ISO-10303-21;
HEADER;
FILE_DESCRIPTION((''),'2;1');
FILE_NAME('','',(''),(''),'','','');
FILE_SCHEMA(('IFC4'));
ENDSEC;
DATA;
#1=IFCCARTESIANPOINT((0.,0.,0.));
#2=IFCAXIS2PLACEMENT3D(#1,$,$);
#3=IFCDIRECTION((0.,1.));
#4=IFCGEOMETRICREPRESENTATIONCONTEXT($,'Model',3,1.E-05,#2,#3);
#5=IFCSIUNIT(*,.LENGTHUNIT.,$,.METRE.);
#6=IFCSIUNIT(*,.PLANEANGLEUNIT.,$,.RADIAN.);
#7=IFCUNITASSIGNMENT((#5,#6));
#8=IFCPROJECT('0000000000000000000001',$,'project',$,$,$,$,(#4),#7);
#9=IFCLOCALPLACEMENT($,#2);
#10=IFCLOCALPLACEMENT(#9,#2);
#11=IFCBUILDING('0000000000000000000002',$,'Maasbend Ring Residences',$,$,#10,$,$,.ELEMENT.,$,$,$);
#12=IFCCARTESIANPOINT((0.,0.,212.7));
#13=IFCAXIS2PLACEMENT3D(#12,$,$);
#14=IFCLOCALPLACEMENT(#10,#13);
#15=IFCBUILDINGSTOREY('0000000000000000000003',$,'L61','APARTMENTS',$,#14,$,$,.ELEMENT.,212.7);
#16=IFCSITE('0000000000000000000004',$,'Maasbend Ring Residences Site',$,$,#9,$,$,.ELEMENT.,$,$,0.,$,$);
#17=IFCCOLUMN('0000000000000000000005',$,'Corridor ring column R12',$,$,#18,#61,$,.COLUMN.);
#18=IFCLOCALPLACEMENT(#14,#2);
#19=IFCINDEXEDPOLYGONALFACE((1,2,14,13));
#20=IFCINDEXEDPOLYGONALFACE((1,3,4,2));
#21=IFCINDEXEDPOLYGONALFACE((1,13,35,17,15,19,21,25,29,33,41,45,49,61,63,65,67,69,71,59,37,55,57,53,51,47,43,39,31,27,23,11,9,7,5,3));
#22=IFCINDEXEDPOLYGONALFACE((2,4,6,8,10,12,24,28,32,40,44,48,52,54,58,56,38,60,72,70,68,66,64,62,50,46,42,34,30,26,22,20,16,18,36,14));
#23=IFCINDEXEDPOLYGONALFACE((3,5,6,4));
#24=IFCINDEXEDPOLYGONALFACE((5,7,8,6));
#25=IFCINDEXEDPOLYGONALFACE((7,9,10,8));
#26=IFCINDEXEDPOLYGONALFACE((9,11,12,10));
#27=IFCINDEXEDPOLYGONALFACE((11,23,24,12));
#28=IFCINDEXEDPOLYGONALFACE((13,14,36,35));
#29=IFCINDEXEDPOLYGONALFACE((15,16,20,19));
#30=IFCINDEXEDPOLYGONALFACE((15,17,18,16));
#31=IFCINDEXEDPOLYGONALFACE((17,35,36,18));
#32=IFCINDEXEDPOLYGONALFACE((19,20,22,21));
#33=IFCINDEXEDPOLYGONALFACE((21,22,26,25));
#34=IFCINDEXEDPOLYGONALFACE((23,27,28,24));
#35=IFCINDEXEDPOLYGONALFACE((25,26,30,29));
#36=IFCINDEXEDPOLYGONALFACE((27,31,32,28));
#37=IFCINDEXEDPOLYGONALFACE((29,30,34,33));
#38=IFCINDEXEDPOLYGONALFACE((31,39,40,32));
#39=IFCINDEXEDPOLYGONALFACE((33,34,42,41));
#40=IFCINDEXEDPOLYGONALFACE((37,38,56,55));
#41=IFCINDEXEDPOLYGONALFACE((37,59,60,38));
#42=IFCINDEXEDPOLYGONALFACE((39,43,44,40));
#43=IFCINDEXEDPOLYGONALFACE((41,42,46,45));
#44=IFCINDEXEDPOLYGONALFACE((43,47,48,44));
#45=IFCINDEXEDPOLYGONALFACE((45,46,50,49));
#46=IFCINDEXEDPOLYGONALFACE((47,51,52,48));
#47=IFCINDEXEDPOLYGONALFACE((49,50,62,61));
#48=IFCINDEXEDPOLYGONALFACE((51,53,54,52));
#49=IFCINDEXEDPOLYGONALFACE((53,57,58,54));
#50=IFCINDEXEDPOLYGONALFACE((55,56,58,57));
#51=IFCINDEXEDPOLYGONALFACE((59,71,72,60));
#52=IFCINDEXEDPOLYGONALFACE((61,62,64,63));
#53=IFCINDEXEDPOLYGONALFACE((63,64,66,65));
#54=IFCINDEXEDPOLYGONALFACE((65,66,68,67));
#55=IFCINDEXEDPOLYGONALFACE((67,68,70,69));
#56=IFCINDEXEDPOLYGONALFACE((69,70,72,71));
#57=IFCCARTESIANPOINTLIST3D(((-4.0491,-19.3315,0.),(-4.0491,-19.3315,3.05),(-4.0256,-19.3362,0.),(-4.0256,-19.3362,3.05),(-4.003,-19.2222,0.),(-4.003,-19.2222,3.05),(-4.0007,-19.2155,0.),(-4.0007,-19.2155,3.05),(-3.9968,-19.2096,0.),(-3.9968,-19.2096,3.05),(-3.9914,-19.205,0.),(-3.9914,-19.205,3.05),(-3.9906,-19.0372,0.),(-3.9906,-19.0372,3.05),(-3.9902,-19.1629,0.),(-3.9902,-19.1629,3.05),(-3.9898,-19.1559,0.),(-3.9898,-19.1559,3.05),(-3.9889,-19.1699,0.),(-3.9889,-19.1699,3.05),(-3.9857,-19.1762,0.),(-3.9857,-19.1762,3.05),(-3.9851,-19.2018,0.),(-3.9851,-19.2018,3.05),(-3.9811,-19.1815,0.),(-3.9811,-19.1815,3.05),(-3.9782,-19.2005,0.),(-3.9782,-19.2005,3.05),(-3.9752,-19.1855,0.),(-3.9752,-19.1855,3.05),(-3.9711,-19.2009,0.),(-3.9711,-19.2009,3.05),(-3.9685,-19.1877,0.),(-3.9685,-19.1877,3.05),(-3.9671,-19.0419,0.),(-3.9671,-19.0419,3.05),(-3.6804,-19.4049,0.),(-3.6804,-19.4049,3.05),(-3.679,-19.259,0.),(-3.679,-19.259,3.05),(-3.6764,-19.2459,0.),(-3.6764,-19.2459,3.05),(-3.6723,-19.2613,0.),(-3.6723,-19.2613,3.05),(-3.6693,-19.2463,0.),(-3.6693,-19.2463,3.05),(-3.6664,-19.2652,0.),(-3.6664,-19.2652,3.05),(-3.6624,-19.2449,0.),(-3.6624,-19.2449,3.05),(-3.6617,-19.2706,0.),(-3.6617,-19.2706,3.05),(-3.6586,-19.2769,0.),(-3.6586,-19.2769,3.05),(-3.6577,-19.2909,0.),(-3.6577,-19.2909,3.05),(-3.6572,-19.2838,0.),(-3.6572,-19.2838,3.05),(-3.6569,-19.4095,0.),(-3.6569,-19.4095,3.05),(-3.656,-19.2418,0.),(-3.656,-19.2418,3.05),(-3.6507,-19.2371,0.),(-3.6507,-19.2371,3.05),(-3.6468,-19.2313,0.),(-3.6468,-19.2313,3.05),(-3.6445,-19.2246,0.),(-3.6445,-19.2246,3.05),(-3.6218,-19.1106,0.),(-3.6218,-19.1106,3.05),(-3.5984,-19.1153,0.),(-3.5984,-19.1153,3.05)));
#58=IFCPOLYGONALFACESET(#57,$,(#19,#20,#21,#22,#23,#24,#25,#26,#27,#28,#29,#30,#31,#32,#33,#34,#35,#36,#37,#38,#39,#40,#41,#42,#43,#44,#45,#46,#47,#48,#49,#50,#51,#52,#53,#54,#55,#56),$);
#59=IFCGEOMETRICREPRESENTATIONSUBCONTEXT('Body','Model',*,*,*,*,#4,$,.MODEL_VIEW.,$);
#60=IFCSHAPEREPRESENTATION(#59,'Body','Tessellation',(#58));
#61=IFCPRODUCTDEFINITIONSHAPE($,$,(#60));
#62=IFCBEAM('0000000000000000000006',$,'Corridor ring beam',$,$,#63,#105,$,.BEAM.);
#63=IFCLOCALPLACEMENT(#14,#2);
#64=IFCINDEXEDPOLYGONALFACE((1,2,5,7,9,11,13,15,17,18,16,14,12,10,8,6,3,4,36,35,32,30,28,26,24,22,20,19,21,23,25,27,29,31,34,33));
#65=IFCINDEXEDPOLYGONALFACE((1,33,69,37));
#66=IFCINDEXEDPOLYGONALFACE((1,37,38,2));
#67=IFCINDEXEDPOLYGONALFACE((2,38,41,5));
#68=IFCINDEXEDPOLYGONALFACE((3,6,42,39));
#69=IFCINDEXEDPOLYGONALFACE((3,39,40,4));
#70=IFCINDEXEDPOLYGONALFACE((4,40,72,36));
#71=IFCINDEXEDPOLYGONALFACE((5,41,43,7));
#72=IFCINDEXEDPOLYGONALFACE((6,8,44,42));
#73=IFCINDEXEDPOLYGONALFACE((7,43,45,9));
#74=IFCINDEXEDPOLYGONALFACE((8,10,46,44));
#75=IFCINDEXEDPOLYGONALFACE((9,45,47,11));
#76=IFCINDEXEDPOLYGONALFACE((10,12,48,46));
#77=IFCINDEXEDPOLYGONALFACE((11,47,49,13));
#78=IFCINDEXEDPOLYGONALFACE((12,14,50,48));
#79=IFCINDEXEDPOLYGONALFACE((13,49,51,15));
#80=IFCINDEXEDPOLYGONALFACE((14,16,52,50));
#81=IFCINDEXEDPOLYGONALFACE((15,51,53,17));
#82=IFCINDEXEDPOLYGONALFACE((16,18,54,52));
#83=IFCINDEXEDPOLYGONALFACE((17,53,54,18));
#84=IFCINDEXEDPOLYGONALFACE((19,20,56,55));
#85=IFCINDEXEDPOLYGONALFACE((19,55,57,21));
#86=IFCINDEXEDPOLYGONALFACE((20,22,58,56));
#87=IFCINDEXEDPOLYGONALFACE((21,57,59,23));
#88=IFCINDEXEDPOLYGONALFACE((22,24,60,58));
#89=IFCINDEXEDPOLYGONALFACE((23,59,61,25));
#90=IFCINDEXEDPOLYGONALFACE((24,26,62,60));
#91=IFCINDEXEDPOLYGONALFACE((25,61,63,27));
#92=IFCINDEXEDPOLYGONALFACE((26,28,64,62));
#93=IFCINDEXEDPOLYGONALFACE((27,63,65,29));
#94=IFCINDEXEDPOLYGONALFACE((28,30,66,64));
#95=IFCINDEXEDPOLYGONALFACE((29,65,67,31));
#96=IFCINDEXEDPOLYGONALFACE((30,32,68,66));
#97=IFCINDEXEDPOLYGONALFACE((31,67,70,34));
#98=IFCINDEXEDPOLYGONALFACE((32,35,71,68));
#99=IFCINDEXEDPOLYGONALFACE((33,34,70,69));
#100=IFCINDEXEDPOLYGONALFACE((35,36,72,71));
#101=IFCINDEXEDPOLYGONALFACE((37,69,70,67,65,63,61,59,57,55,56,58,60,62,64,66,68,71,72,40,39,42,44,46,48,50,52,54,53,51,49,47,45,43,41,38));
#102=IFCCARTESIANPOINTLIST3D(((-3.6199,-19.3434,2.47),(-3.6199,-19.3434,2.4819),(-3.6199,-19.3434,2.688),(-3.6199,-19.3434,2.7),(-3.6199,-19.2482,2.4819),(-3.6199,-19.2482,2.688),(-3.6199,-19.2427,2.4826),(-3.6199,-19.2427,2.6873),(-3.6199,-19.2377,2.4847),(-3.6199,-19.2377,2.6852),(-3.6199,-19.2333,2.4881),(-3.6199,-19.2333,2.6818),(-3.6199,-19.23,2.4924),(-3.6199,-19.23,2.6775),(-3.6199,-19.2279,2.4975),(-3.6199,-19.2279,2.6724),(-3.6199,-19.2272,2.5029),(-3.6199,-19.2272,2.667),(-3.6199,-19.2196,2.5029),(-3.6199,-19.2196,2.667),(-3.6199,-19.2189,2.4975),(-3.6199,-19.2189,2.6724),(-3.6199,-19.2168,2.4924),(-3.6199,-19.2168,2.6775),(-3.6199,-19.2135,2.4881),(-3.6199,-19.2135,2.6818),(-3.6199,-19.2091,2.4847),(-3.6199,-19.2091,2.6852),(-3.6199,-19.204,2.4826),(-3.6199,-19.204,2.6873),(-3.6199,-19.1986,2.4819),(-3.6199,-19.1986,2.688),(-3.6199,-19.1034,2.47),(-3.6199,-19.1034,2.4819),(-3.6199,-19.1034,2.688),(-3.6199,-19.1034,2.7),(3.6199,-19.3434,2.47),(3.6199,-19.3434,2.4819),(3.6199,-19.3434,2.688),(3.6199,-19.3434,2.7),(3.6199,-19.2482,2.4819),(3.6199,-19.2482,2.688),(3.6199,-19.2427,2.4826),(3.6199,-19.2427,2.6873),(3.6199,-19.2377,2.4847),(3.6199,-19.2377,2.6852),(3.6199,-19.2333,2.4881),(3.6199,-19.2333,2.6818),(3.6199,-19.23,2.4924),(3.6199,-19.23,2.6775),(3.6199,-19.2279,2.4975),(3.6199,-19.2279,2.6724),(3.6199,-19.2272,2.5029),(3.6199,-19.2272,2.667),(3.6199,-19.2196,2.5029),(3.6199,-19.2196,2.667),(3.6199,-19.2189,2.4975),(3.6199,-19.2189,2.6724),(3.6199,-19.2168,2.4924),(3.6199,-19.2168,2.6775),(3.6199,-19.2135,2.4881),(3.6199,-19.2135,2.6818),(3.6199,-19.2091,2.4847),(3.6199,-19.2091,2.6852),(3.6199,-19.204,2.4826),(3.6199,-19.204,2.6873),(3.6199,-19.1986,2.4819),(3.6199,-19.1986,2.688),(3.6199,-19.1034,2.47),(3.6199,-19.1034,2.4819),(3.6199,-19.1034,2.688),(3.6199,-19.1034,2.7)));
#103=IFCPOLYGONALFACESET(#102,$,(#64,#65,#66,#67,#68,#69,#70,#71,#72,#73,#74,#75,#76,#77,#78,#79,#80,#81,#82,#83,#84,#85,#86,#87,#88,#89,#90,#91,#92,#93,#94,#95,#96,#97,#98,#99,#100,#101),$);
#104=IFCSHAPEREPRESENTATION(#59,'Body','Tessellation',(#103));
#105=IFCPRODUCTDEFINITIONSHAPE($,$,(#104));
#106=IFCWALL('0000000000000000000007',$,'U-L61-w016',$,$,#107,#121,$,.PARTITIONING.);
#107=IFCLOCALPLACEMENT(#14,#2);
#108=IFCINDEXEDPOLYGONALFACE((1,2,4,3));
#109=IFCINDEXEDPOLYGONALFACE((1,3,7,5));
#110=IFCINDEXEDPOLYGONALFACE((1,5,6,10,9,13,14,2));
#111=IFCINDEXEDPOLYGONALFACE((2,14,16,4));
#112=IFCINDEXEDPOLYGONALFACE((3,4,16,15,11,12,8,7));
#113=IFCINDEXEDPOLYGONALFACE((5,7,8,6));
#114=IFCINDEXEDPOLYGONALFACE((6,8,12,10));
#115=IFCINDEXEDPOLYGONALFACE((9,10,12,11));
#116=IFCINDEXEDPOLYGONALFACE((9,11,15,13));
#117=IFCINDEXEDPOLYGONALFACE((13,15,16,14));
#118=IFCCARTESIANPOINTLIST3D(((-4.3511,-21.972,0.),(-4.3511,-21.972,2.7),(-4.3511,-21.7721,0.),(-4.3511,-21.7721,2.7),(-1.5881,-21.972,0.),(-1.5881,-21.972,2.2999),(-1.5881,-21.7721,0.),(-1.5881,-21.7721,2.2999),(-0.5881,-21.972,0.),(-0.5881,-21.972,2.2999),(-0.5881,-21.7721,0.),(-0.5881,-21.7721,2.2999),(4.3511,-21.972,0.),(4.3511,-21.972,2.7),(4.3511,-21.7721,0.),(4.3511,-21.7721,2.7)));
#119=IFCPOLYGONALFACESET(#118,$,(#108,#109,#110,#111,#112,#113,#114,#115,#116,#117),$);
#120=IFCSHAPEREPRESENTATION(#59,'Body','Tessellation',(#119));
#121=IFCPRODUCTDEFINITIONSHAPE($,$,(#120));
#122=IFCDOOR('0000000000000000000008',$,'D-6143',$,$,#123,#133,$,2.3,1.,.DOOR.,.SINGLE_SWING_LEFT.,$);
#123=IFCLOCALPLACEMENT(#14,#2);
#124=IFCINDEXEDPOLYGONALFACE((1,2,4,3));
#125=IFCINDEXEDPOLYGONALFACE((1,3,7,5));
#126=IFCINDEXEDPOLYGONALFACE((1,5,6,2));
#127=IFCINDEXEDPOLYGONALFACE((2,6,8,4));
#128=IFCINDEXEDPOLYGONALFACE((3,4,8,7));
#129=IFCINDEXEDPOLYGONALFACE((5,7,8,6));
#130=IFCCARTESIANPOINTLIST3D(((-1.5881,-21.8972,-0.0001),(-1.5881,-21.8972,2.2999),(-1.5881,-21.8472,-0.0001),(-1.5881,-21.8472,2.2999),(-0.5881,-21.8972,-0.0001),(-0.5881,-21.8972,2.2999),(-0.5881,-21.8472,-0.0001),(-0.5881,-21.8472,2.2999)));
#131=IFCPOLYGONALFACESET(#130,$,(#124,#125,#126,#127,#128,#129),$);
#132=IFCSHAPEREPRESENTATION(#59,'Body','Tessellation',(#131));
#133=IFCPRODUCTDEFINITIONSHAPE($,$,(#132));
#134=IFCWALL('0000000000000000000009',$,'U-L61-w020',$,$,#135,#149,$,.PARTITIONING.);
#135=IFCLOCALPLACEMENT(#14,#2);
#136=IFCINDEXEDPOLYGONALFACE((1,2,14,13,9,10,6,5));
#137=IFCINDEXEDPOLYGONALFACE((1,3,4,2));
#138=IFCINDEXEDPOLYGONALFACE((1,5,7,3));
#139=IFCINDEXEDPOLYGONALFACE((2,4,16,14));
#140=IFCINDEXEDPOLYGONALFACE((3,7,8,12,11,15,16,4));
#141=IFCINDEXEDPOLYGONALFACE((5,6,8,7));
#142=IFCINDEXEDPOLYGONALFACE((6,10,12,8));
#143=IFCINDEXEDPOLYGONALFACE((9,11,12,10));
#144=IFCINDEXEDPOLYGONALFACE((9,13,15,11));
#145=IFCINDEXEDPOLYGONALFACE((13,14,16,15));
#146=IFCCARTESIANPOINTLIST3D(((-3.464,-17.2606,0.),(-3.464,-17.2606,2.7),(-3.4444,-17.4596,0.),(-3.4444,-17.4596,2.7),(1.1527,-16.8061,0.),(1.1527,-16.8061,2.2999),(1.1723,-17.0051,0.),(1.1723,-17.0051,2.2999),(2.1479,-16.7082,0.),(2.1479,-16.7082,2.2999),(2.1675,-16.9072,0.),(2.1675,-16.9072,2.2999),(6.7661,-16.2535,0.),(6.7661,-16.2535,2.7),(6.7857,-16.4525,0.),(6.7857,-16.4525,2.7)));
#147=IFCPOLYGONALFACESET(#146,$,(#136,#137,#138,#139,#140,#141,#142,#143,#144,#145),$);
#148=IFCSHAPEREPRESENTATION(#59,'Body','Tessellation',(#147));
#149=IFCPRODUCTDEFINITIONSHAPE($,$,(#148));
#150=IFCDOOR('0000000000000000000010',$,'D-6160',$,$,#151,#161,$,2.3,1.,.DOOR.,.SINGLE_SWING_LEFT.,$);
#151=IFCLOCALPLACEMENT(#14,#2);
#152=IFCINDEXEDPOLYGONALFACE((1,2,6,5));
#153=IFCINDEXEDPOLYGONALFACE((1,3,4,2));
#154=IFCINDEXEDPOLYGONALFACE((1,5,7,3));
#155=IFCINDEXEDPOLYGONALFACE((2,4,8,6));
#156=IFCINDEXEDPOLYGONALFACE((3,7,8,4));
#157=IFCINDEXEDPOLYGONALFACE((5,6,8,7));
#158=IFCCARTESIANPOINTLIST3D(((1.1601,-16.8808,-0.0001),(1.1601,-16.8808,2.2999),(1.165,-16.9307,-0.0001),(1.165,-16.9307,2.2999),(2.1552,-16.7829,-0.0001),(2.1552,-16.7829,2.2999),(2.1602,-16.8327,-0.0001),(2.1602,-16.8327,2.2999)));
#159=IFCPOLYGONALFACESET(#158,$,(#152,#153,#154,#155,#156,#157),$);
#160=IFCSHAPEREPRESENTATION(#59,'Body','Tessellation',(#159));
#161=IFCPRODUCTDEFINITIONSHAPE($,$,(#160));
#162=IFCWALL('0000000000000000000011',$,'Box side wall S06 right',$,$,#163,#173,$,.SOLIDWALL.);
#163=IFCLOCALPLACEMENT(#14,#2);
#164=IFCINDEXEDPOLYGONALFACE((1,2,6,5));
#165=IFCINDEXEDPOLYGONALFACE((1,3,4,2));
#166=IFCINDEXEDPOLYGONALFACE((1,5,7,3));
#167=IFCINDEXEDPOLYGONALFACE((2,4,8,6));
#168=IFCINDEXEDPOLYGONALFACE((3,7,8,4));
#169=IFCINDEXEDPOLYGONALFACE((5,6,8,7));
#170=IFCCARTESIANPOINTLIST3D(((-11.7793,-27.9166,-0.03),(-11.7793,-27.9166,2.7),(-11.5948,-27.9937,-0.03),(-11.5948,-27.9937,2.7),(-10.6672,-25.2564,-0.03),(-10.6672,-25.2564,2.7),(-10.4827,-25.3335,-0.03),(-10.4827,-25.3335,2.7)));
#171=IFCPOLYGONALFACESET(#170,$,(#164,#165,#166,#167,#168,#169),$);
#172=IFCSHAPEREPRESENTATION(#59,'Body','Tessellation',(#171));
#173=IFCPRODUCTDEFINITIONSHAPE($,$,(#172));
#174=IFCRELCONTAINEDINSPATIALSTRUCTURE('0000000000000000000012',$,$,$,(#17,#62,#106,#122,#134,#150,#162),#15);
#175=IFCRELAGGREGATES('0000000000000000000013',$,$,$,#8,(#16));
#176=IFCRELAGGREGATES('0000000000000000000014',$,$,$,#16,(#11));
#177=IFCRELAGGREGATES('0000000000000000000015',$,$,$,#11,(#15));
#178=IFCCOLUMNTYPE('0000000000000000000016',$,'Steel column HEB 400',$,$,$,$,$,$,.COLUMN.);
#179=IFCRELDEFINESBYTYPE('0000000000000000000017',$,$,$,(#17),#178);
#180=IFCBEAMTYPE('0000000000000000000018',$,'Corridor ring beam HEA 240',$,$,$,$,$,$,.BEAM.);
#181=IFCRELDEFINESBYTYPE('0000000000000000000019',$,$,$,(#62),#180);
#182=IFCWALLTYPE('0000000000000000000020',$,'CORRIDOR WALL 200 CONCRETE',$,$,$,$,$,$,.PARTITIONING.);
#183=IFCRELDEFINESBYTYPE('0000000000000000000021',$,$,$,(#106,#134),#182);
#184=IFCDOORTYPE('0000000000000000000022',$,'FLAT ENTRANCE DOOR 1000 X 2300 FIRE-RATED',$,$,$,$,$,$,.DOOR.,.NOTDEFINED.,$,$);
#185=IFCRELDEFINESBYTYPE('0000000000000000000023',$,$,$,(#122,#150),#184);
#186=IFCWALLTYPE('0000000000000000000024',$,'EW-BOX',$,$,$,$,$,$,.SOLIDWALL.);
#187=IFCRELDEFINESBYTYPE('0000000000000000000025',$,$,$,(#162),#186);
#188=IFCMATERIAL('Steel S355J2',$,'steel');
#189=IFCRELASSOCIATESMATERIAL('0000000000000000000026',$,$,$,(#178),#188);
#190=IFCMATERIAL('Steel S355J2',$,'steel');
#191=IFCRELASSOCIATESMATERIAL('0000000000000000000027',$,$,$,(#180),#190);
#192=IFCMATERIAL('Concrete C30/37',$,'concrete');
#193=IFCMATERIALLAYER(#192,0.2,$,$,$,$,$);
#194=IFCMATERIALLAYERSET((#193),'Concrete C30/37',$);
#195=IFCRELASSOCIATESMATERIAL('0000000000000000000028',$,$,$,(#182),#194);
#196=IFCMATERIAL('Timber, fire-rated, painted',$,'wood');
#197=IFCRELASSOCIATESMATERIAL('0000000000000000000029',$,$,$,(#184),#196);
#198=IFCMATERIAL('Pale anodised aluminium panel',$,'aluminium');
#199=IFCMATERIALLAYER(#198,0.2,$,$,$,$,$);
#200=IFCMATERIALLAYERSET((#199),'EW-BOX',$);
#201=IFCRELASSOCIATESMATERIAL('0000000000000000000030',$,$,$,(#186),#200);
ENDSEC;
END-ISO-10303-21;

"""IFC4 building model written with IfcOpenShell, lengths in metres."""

from ifc_helpers import new_model, si_unit, direction, frame, frame_2d, origin, origin_2d, place, context, subcontext, project, spatial, rectangle, i_section, extrude, material, layer, layer_set, material_profile, profile_set, type_object, element, fill, save


model = new_model("IFC4")

# Units and contexts
model_context = context("Model", 3, precision=1e-05, world=origin(), true_north=direction((0.0, 1.0)))
body_context = subcontext(model_context, "Body", "Model", "MODEL_VIEW")
ifc_project = project(units=[si_unit("LENGTHUNIT", "METRE"), si_unit("PLANEANGLEUNIT", "RADIAN")], contexts=[model_context])

# Site, building, storey
site_placement = place(None, origin())
site = spatial("IfcSite", under=ifc_project, at=site_placement, Name="Maasbend Ring Residences Site", CompositionType="ELEMENT", RefElevation=0.0)
building_placement = place(site_placement, origin())
building = spatial("IfcBuilding", under=site, at=building_placement, Name="Maasbend Ring Residences", CompositionType="ELEMENT")
storey_placement = place(building_placement, frame((0.0, 0.0, 212.7)))
storey = spatial("IfcBuildingStorey", under=building, at=storey_placement, Name="L61", Description="APARTMENTS", CompositionType="ELEMENT", Elevation=212.7)

# Column
ifc_material_1 = material(Name="Steel S355J2", Category="steel")
ifc_material_profile_1 = material_profile(ifc_material_1, i_section(OverallWidth=0.3, OverallDepth=0.3999, WebThickness=0.0134, FlangeThickness=0.0239, FilletRadius=0.0271, at=origin_2d()), Name="HEB 400")
ifc_profile_set_1 = profile_set([ifc_material_profile_1], Name="Steel S355J2")
column_type = type_object("IfcColumnType", Name="Steel column HEB 400", PredefinedType="COLUMN", material=ifc_profile_set_1)
column_placement = place(storey_placement, frame((-3.8237, -19.2234, 0.0), z_axis=(0.0, 0.0, 1.0), x_axis=(-0.19509, -0.980785, 0.0)))
element("IfcColumn", 1, at=column_placement, inside=storey, type_object=column_type, Name="Corridor ring column R12", PredefinedType="COLUMN", context=body_context, shape_type="SweptSolid", body=[
    extrude(i_section(OverallWidth=0.3, OverallDepth=0.3999, WebThickness=0.0134, FlangeThickness=0.0239, FilletRadius=0.0271, at=origin_2d()), origin(), (0.0, 0.0, 1.0), 3.05),
])

# Beam
ifc_material_2 = material(Name="Steel S355J2", Category="steel")
ifc_material_profile_2 = material_profile(ifc_material_2, i_section(OverallWidth=0.24, OverallDepth=0.23, WebThickness=0.0076, FlangeThickness=0.012, FilletRadius=0.021, at=origin_2d()), Name="HEA 240")
ifc_profile_set_2 = profile_set([ifc_material_profile_2], Name="Steel S355J2")
beam_type = type_object("IfcBeamType", Name="Corridor ring beam HEA 240", PredefinedType="BEAM", material=ifc_profile_set_2)
beam_placement = place(storey_placement, frame((-3.6199, -19.2234, 2.585), z_axis=(1.0, 0.0, 0.0), x_axis=(0.0, 1.0, 0.0)))
element("IfcBeam", 2, at=beam_placement, inside=storey, type_object=beam_type, Name="Corridor ring beam", PredefinedType="BEAM", context=body_context, shape_type="SweptSolid", body=[
    extrude(i_section(OverallWidth=0.24, OverallDepth=0.23, WebThickness=0.0076, FlangeThickness=0.012, FilletRadius=0.021, at=origin_2d()), origin(), (0.0, 0.0, 1.0), 7.2397),
])

# Walls, openings, doors
ifc_material_3 = material(Name="Concrete C30/37", Category="concrete")
ifc_layer_1 = layer(ifc_material_3, 0.2)
ifc_layer_set_1 = layer_set([ifc_layer_1], Name="Concrete C30/37")
wall_type_1 = type_object("IfcWallType", Name="CORRIDOR WALL 200 CONCRETE", PredefinedType="PARTITIONING", material=ifc_layer_set_1)
wall_1_placement = place(storey_placement, frame((-4.3511, -21.8721, 0.0), z_axis=(0.0, 0.0, 1.0), x_axis=(1.0, 0.0, 0.0)))
wall_1 = element("IfcWall", 3, at=wall_1_placement, inside=storey, type_object=wall_type_1, Name="U-L61-w016", PredefinedType="PARTITIONING", context=body_context, shape_type="SweptSolid", body=[
    extrude(rectangle(XDim=8.7021, YDim=0.2, at=frame_2d((4.3511, 0.0))), origin(), (0.0, 0.0, 1.0), 2.7),
])
opening_1_placement = place(wall_1_placement, frame((2.7629, 0.0, 0.0)))
opening_1 = element("IfcOpeningElement", 4, at=opening_1_placement, cuts=wall_1, PredefinedType="OPENING", context=body_context, shape_type="SweptSolid", body=[
    extrude(rectangle(XDim=1.0, YDim=2.3, at=frame_2d((0.5, 1.1499))), frame((0.0, 0.1099, 0.0), z_axis=(0.0, -1.0, 0.0), x_axis=(1.0, 0.0, 0.0)), (0.0, 0.0, 1.0), 0.22),
])
ifc_material_4 = material(Name="Timber, fire-rated, painted", Category="wood")
door_type_1 = type_object("IfcDoorType", Name="FLAT ENTRANCE DOOR 1000 X 2300 FIRE-RATED", OperationType="NOTDEFINED", PredefinedType="DOOR", material=ifc_material_4)
door_1_placement = place(opening_1_placement, origin())
door_1 = element("IfcDoor", 5, at=door_1_placement, inside=storey, type_object=door_type_1, Name="D-6143", OperationType="SINGLE_SWING_LEFT", OverallHeight=2.3, OverallWidth=1.0, PredefinedType="DOOR", context=body_context, shape_type="SweptSolid", body=[
    extrude(rectangle(XDim=1.0, YDim=2.3, at=frame_2d((0.5, 1.1499))), frame((0.0, 0.0249, 0.0), z_axis=(0.0, -1.0, 0.0), x_axis=(1.0, 0.0, 0.0)), (0.0, 0.0, 1.0), 0.05),
])
fill(opening_1, door_1)
wall_2_placement = place(storey_placement, frame((-3.4541, -17.3601, 0.0), z_axis=(0.0, 0.0, 1.0), x_axis=(0.995189, 0.09797, 0.0)))
wall_2 = element("IfcWall", 6, at=wall_2_placement, inside=storey, type_object=wall_type_1, Name="U-L61-w020", PredefinedType="PARTITIONING", context=body_context, shape_type="SweptSolid", body=[
    extrude(rectangle(XDim=10.2795, YDim=0.2, at=frame_2d((5.1396, 0.0))), origin(), (0.0, 0.0, 1.0), 2.7),
])
opening_2_placement = place(wall_2_placement, frame((4.6389, 0.0, 0.0)))
opening_2 = element("IfcOpeningElement", 7, at=opening_2_placement, cuts=wall_2, PredefinedType="OPENING", context=body_context, shape_type="SweptSolid", body=[
    extrude(rectangle(XDim=1.0, YDim=2.3, at=frame_2d((0.5, 1.1499))), frame((0.0, 0.1099, 0.0), z_axis=(0.0, -1.0, 0.0), x_axis=(1.0, 0.0, 0.0)), (0.0, 0.0, 1.0), 0.22),
])
door_2_placement = place(opening_2_placement, origin())
door_2 = element("IfcDoor", 8, at=door_2_placement, inside=storey, type_object=door_type_1, Name="D-6160", OperationType="SINGLE_SWING_LEFT", OverallHeight=2.3, OverallWidth=1.0, PredefinedType="DOOR", context=body_context, shape_type="SweptSolid", body=[
    extrude(rectangle(XDim=1.0, YDim=2.3, at=frame_2d((0.5, 1.1499))), frame((0.0, 0.0249, 0.0), z_axis=(0.0, -1.0, 0.0), x_axis=(1.0, 0.0, 0.0)), (0.0, 0.0, 1.0), 0.05),
])
fill(opening_2, door_2)

# Wall
ifc_material_5 = material(Name="Pale anodised aluminium panel", Category="aluminium")
ifc_layer_2 = layer(ifc_material_5, 0.2)
ifc_layer_set_2 = layer_set([ifc_layer_2], Name="EW-BOX")
wall_type_2 = type_object("IfcWallType", Name="EW-BOX", PredefinedType="SOLIDWALL", material=ifc_layer_set_2)
wall_3_placement = place(storey_placement, frame((-10.575, -25.2949, -0.03), z_axis=(0.0, 0.0, 1.0), x_axis=(-0.385697, -0.922625, 0.0)))
element("IfcWall", 9, at=wall_3_placement, inside=storey, type_object=wall_type_2, Name="Box side wall S06 right", PredefinedType="SOLIDWALL", context=body_context, shape_type="SweptSolid", body=[
    extrude(rectangle(XDim=2.8833, YDim=0.2, at=frame_2d((1.4417, 0.0))), origin(), (0.0, 0.0, 1.0), 2.73),
])

save(model, "model.ifc")
